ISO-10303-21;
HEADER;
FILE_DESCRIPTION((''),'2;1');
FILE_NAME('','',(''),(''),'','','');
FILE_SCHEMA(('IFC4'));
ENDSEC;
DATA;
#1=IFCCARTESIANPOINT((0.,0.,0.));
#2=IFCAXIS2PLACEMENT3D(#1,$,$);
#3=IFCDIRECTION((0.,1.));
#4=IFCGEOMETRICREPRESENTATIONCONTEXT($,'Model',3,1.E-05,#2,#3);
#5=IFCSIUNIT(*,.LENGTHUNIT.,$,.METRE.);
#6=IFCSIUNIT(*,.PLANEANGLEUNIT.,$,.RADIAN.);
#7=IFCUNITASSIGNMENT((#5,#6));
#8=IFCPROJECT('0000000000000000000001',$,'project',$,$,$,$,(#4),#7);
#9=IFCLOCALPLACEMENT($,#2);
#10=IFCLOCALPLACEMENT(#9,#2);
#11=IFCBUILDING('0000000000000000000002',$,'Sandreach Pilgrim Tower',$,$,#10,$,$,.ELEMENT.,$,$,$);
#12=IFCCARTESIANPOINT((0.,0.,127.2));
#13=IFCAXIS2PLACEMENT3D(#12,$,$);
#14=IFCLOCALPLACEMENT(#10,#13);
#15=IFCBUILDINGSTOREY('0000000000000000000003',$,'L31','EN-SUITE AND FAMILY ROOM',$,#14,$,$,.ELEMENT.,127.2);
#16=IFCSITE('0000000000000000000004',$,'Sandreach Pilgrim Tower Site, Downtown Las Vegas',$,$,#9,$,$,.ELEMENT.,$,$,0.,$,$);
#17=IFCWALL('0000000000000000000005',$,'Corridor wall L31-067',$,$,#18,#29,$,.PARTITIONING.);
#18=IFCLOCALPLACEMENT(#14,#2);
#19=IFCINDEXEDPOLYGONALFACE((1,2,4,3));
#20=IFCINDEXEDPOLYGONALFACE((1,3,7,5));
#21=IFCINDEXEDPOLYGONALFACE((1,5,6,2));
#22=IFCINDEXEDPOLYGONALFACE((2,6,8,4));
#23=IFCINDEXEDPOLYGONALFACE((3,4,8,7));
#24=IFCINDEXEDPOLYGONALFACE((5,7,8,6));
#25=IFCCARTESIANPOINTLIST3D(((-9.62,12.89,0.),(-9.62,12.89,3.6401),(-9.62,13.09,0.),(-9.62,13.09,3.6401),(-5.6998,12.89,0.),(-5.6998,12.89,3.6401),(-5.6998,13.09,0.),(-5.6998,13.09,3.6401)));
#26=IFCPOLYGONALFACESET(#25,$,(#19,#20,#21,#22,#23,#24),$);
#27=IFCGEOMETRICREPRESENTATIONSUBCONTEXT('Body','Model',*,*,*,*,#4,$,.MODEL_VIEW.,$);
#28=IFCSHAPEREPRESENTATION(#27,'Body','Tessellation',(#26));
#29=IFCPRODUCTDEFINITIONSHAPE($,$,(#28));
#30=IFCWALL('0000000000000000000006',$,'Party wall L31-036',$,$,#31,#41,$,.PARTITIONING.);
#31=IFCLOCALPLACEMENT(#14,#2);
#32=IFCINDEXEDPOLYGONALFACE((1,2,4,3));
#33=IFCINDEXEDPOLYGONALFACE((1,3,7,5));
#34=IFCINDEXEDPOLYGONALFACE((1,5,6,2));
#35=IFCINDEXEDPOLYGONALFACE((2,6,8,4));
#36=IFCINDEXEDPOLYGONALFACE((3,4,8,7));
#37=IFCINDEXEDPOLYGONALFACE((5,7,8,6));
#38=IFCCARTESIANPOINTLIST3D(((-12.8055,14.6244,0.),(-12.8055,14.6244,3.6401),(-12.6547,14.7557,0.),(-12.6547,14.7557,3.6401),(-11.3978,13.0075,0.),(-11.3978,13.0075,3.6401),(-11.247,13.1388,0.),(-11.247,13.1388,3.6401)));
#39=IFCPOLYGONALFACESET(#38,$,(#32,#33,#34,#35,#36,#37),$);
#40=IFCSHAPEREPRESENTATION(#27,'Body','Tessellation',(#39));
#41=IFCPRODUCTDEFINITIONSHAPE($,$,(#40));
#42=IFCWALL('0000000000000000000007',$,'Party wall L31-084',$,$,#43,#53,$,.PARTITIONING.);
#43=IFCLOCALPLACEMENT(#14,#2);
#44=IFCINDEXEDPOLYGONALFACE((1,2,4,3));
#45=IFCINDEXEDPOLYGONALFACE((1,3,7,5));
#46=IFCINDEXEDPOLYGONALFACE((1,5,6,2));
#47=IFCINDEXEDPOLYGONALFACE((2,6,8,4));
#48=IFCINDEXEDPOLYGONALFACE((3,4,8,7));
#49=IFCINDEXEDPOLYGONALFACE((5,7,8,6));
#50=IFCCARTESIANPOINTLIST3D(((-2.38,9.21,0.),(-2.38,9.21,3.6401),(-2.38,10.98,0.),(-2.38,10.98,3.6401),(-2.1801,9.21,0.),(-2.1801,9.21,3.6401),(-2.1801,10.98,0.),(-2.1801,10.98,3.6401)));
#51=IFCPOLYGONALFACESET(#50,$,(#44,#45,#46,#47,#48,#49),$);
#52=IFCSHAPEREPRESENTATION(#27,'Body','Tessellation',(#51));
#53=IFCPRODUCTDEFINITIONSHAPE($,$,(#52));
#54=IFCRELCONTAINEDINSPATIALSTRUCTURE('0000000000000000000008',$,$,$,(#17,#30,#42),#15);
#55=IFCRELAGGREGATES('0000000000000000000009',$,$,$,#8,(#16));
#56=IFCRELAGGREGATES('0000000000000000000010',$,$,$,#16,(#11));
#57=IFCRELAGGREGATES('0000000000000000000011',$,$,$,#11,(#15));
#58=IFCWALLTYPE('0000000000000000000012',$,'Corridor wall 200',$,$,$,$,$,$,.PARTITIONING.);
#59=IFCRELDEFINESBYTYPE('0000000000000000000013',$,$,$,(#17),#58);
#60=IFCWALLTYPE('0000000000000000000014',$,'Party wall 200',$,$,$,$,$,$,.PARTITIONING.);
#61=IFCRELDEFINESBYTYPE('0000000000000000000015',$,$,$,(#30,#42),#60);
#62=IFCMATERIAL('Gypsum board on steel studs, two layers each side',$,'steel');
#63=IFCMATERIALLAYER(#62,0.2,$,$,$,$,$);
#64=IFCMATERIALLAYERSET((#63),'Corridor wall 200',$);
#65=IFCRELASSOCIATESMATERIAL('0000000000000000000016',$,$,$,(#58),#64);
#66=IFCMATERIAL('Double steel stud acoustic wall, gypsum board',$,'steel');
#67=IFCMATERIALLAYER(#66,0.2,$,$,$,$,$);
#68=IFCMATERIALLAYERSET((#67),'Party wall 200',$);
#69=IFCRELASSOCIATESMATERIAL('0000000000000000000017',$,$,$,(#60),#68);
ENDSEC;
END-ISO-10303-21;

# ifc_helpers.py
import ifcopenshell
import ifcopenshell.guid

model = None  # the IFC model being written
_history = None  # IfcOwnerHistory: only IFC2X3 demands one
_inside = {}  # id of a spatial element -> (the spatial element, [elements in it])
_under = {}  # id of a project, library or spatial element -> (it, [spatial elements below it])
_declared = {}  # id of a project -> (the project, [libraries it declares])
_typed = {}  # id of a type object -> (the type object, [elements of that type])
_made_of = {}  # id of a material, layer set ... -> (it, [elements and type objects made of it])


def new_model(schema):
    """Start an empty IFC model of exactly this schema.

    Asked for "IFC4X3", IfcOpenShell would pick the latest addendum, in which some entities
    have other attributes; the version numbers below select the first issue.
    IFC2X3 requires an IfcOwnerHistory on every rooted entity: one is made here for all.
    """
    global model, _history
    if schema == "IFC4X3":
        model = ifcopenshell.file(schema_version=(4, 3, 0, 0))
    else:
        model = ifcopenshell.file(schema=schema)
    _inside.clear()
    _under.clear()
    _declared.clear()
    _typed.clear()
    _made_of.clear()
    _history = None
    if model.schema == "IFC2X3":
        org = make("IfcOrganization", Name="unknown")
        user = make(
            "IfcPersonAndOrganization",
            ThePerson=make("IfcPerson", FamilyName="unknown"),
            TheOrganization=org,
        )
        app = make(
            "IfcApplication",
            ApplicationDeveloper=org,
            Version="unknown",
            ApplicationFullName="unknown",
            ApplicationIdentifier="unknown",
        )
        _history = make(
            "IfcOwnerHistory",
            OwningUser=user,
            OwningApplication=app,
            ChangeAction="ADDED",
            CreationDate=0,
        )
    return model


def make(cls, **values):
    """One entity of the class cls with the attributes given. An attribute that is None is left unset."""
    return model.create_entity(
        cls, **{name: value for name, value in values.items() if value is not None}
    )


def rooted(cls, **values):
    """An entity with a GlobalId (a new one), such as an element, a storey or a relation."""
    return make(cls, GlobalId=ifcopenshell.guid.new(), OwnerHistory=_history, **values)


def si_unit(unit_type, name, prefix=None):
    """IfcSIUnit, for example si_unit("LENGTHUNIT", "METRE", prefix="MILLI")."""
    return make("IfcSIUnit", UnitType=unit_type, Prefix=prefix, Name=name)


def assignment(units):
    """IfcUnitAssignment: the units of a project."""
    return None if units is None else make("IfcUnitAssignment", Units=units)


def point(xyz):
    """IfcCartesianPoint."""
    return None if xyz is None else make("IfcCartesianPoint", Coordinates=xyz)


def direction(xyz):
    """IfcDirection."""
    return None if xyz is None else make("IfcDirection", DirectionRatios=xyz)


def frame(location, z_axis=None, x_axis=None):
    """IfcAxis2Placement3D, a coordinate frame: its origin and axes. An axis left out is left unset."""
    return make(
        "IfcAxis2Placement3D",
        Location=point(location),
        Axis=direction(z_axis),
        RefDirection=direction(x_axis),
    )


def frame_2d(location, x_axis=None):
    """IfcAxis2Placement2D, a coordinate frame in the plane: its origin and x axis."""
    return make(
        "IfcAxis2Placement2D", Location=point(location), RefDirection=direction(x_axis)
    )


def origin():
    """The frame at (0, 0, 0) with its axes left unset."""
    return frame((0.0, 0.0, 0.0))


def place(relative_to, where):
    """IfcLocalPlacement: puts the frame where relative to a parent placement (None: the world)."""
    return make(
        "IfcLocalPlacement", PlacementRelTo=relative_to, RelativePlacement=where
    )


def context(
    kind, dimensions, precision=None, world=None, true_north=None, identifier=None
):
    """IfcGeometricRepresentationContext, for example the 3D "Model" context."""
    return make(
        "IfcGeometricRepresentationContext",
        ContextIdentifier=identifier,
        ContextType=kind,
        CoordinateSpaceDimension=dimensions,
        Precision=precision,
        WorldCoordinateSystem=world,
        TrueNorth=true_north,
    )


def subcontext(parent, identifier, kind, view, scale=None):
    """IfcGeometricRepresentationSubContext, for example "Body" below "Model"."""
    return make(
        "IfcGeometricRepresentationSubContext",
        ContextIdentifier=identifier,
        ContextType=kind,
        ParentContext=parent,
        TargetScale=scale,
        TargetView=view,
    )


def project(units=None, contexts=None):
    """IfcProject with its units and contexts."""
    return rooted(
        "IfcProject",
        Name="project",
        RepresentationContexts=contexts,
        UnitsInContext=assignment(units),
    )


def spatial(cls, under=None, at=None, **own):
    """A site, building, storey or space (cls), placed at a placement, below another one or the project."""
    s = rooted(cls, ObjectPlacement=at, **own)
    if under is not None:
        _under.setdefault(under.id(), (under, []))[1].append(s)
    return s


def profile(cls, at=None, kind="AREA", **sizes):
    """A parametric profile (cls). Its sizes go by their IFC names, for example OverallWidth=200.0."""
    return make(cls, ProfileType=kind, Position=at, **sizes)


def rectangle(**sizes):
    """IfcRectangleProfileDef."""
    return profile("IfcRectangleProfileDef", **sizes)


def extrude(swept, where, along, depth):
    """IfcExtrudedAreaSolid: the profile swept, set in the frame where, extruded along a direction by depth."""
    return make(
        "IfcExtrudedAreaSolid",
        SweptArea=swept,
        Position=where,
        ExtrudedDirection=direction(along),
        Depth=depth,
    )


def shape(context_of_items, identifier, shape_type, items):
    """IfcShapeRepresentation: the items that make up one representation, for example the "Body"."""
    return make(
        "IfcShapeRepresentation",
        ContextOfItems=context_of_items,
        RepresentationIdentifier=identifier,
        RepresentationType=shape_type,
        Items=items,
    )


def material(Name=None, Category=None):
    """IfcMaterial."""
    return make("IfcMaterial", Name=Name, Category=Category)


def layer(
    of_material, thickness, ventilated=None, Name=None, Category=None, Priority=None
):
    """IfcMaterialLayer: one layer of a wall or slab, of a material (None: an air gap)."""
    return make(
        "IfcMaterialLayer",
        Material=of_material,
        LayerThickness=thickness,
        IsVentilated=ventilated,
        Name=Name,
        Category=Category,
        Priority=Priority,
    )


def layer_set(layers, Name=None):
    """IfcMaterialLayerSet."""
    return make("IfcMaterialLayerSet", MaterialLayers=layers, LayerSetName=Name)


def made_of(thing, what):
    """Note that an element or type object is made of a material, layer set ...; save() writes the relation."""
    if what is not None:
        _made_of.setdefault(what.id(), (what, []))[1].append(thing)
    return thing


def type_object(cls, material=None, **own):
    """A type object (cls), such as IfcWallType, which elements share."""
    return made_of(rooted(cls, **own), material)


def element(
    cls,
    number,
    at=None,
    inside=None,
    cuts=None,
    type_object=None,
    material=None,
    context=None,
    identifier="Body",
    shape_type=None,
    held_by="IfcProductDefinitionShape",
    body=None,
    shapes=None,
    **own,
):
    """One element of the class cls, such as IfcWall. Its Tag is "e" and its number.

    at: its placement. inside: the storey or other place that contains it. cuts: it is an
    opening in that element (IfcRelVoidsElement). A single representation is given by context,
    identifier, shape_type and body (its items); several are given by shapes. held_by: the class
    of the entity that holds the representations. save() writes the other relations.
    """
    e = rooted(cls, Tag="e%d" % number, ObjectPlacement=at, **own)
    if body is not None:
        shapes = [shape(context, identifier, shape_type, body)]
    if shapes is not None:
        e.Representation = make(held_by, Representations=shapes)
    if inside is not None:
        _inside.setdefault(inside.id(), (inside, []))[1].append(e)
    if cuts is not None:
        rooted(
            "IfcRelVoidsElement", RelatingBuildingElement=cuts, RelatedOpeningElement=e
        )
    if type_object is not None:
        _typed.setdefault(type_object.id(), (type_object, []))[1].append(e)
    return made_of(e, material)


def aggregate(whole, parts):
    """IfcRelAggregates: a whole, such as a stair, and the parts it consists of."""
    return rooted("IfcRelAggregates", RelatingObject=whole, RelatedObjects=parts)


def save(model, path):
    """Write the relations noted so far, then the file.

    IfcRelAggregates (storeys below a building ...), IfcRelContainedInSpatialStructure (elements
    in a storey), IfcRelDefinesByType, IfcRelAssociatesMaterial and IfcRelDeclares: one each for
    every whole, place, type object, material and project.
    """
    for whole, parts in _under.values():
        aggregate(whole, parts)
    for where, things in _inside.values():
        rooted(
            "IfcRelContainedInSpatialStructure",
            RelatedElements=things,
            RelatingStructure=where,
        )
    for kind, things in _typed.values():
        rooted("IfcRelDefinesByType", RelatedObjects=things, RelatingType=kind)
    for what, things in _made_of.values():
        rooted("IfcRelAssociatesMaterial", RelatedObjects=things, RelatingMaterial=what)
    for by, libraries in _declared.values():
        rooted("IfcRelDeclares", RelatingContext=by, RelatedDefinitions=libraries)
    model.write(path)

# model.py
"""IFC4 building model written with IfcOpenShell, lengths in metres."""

from ifc_helpers import new_model, si_unit, direction, frame, frame_2d, origin, place, context, subcontext, project, spatial, rectangle, extrude, material, layer, layer_set, type_object, element, save


model = new_model("IFC4")

# Units and contexts
model_context = context("Model", 3, precision=1e-05, world=origin(), true_north=direction((0.0, 1.0)))
body_context = subcontext(model_context, "Body", "Model", "MODEL_VIEW")
ifc_project = project(units=[si_unit("LENGTHUNIT", "METRE"), si_unit("PLANEANGLEUNIT", "RADIAN")], contexts=[model_context])

# Site, building, storey
site_placement = place(None, origin())
site = spatial("IfcSite", under=ifc_project, at=site_placement, Name="Sandreach Pilgrim Tower Site, Downtown Las Vegas", CompositionType="ELEMENT", RefElevation=0.0)
building_placement = place(site_placement, origin())
building = spatial("IfcBuilding", under=site, at=building_placement, Name="Sandreach Pilgrim Tower", CompositionType="ELEMENT")
storey_placement = place(building_placement, frame((0.0, 0.0, 127.2)))
storey = spatial("IfcBuildingStorey", under=building, at=storey_placement, Name="L31", Description="EN-SUITE AND FAMILY ROOM", CompositionType="ELEMENT", Elevation=127.2)

# Shared definitions
ifc_material_1 = material(Name="Gypsum board on steel studs, two layers each side", Category="steel")
ifc_layer_1 = layer(ifc_material_1, 0.2)
ifc_layer_set_1 = layer_set([ifc_layer_1], Name="Corridor wall 200")
wall_type_1 = type_object("IfcWallType", Name="Corridor wall 200", PredefinedType="PARTITIONING", material=ifc_layer_set_1)

# Wall
wall_1_placement = place(storey_placement, frame((-5.7, 12.99, 0.0), z_axis=(0.0, 0.0, 1.0), x_axis=(-1.0, 0.0, 0.0)))
element("IfcWall", 1, at=wall_1_placement, inside=storey, type_object=wall_type_1, Name="Corridor wall L31-067", PredefinedType="PARTITIONING", context=body_context, shape_type="SweptSolid", body=[
    extrude(rectangle(XDim=3.9202, YDim=0.2, at=frame_2d((1.96, 0.0))), origin(), (0.0, 0.0, 1.0), 3.6401),
])

# Walls
ifc_material_2 = material(Name="Double steel stud acoustic wall, gypsum board", Category="steel")
ifc_layer_2 = layer(ifc_material_2, 0.2)
ifc_layer_set_2 = layer_set([ifc_layer_2], Name="Party wall 200")
wall_type_2 = type_object("IfcWallType", Name="Party wall 200", PredefinedType="PARTITIONING", material=ifc_layer_set_2)
wall_2_placement = place(storey_placement, frame((-12.73, 14.6899, 0.0), z_axis=(0.0, 0.0, 1.0), x_axis=(0.656624, -0.754218, 0.0)))
element("IfcWall", 2, at=wall_2_placement, inside=storey, type_object=wall_type_2, Name="Party wall L31-036", PredefinedType="PARTITIONING", context=body_context, shape_type="SweptSolid", body=[
    extrude(rectangle(XDim=2.1438, YDim=0.2, at=frame_2d((1.0718, 0.0))), origin(), (0.0, 0.0, 1.0), 3.6401),
])
wall_3_placement = place(storey_placement, frame((-2.28, 10.98, 0.0), z_axis=(0.0, 0.0, 1.0), x_axis=(0.0, -1.0, 0.0)))
element("IfcWall", 3, at=wall_3_placement, inside=storey, type_object=wall_type_2, Name="Party wall L31-084", PredefinedType="PARTITIONING", context=body_context, shape_type="SweptSolid", body=[
    extrude(rectangle(XDim=1.77, YDim=0.2, at=frame_2d((0.885, 0.0))), origin(), (0.0, 0.0, 1.0), 3.6401),
])

save(model, "model.ifc")
